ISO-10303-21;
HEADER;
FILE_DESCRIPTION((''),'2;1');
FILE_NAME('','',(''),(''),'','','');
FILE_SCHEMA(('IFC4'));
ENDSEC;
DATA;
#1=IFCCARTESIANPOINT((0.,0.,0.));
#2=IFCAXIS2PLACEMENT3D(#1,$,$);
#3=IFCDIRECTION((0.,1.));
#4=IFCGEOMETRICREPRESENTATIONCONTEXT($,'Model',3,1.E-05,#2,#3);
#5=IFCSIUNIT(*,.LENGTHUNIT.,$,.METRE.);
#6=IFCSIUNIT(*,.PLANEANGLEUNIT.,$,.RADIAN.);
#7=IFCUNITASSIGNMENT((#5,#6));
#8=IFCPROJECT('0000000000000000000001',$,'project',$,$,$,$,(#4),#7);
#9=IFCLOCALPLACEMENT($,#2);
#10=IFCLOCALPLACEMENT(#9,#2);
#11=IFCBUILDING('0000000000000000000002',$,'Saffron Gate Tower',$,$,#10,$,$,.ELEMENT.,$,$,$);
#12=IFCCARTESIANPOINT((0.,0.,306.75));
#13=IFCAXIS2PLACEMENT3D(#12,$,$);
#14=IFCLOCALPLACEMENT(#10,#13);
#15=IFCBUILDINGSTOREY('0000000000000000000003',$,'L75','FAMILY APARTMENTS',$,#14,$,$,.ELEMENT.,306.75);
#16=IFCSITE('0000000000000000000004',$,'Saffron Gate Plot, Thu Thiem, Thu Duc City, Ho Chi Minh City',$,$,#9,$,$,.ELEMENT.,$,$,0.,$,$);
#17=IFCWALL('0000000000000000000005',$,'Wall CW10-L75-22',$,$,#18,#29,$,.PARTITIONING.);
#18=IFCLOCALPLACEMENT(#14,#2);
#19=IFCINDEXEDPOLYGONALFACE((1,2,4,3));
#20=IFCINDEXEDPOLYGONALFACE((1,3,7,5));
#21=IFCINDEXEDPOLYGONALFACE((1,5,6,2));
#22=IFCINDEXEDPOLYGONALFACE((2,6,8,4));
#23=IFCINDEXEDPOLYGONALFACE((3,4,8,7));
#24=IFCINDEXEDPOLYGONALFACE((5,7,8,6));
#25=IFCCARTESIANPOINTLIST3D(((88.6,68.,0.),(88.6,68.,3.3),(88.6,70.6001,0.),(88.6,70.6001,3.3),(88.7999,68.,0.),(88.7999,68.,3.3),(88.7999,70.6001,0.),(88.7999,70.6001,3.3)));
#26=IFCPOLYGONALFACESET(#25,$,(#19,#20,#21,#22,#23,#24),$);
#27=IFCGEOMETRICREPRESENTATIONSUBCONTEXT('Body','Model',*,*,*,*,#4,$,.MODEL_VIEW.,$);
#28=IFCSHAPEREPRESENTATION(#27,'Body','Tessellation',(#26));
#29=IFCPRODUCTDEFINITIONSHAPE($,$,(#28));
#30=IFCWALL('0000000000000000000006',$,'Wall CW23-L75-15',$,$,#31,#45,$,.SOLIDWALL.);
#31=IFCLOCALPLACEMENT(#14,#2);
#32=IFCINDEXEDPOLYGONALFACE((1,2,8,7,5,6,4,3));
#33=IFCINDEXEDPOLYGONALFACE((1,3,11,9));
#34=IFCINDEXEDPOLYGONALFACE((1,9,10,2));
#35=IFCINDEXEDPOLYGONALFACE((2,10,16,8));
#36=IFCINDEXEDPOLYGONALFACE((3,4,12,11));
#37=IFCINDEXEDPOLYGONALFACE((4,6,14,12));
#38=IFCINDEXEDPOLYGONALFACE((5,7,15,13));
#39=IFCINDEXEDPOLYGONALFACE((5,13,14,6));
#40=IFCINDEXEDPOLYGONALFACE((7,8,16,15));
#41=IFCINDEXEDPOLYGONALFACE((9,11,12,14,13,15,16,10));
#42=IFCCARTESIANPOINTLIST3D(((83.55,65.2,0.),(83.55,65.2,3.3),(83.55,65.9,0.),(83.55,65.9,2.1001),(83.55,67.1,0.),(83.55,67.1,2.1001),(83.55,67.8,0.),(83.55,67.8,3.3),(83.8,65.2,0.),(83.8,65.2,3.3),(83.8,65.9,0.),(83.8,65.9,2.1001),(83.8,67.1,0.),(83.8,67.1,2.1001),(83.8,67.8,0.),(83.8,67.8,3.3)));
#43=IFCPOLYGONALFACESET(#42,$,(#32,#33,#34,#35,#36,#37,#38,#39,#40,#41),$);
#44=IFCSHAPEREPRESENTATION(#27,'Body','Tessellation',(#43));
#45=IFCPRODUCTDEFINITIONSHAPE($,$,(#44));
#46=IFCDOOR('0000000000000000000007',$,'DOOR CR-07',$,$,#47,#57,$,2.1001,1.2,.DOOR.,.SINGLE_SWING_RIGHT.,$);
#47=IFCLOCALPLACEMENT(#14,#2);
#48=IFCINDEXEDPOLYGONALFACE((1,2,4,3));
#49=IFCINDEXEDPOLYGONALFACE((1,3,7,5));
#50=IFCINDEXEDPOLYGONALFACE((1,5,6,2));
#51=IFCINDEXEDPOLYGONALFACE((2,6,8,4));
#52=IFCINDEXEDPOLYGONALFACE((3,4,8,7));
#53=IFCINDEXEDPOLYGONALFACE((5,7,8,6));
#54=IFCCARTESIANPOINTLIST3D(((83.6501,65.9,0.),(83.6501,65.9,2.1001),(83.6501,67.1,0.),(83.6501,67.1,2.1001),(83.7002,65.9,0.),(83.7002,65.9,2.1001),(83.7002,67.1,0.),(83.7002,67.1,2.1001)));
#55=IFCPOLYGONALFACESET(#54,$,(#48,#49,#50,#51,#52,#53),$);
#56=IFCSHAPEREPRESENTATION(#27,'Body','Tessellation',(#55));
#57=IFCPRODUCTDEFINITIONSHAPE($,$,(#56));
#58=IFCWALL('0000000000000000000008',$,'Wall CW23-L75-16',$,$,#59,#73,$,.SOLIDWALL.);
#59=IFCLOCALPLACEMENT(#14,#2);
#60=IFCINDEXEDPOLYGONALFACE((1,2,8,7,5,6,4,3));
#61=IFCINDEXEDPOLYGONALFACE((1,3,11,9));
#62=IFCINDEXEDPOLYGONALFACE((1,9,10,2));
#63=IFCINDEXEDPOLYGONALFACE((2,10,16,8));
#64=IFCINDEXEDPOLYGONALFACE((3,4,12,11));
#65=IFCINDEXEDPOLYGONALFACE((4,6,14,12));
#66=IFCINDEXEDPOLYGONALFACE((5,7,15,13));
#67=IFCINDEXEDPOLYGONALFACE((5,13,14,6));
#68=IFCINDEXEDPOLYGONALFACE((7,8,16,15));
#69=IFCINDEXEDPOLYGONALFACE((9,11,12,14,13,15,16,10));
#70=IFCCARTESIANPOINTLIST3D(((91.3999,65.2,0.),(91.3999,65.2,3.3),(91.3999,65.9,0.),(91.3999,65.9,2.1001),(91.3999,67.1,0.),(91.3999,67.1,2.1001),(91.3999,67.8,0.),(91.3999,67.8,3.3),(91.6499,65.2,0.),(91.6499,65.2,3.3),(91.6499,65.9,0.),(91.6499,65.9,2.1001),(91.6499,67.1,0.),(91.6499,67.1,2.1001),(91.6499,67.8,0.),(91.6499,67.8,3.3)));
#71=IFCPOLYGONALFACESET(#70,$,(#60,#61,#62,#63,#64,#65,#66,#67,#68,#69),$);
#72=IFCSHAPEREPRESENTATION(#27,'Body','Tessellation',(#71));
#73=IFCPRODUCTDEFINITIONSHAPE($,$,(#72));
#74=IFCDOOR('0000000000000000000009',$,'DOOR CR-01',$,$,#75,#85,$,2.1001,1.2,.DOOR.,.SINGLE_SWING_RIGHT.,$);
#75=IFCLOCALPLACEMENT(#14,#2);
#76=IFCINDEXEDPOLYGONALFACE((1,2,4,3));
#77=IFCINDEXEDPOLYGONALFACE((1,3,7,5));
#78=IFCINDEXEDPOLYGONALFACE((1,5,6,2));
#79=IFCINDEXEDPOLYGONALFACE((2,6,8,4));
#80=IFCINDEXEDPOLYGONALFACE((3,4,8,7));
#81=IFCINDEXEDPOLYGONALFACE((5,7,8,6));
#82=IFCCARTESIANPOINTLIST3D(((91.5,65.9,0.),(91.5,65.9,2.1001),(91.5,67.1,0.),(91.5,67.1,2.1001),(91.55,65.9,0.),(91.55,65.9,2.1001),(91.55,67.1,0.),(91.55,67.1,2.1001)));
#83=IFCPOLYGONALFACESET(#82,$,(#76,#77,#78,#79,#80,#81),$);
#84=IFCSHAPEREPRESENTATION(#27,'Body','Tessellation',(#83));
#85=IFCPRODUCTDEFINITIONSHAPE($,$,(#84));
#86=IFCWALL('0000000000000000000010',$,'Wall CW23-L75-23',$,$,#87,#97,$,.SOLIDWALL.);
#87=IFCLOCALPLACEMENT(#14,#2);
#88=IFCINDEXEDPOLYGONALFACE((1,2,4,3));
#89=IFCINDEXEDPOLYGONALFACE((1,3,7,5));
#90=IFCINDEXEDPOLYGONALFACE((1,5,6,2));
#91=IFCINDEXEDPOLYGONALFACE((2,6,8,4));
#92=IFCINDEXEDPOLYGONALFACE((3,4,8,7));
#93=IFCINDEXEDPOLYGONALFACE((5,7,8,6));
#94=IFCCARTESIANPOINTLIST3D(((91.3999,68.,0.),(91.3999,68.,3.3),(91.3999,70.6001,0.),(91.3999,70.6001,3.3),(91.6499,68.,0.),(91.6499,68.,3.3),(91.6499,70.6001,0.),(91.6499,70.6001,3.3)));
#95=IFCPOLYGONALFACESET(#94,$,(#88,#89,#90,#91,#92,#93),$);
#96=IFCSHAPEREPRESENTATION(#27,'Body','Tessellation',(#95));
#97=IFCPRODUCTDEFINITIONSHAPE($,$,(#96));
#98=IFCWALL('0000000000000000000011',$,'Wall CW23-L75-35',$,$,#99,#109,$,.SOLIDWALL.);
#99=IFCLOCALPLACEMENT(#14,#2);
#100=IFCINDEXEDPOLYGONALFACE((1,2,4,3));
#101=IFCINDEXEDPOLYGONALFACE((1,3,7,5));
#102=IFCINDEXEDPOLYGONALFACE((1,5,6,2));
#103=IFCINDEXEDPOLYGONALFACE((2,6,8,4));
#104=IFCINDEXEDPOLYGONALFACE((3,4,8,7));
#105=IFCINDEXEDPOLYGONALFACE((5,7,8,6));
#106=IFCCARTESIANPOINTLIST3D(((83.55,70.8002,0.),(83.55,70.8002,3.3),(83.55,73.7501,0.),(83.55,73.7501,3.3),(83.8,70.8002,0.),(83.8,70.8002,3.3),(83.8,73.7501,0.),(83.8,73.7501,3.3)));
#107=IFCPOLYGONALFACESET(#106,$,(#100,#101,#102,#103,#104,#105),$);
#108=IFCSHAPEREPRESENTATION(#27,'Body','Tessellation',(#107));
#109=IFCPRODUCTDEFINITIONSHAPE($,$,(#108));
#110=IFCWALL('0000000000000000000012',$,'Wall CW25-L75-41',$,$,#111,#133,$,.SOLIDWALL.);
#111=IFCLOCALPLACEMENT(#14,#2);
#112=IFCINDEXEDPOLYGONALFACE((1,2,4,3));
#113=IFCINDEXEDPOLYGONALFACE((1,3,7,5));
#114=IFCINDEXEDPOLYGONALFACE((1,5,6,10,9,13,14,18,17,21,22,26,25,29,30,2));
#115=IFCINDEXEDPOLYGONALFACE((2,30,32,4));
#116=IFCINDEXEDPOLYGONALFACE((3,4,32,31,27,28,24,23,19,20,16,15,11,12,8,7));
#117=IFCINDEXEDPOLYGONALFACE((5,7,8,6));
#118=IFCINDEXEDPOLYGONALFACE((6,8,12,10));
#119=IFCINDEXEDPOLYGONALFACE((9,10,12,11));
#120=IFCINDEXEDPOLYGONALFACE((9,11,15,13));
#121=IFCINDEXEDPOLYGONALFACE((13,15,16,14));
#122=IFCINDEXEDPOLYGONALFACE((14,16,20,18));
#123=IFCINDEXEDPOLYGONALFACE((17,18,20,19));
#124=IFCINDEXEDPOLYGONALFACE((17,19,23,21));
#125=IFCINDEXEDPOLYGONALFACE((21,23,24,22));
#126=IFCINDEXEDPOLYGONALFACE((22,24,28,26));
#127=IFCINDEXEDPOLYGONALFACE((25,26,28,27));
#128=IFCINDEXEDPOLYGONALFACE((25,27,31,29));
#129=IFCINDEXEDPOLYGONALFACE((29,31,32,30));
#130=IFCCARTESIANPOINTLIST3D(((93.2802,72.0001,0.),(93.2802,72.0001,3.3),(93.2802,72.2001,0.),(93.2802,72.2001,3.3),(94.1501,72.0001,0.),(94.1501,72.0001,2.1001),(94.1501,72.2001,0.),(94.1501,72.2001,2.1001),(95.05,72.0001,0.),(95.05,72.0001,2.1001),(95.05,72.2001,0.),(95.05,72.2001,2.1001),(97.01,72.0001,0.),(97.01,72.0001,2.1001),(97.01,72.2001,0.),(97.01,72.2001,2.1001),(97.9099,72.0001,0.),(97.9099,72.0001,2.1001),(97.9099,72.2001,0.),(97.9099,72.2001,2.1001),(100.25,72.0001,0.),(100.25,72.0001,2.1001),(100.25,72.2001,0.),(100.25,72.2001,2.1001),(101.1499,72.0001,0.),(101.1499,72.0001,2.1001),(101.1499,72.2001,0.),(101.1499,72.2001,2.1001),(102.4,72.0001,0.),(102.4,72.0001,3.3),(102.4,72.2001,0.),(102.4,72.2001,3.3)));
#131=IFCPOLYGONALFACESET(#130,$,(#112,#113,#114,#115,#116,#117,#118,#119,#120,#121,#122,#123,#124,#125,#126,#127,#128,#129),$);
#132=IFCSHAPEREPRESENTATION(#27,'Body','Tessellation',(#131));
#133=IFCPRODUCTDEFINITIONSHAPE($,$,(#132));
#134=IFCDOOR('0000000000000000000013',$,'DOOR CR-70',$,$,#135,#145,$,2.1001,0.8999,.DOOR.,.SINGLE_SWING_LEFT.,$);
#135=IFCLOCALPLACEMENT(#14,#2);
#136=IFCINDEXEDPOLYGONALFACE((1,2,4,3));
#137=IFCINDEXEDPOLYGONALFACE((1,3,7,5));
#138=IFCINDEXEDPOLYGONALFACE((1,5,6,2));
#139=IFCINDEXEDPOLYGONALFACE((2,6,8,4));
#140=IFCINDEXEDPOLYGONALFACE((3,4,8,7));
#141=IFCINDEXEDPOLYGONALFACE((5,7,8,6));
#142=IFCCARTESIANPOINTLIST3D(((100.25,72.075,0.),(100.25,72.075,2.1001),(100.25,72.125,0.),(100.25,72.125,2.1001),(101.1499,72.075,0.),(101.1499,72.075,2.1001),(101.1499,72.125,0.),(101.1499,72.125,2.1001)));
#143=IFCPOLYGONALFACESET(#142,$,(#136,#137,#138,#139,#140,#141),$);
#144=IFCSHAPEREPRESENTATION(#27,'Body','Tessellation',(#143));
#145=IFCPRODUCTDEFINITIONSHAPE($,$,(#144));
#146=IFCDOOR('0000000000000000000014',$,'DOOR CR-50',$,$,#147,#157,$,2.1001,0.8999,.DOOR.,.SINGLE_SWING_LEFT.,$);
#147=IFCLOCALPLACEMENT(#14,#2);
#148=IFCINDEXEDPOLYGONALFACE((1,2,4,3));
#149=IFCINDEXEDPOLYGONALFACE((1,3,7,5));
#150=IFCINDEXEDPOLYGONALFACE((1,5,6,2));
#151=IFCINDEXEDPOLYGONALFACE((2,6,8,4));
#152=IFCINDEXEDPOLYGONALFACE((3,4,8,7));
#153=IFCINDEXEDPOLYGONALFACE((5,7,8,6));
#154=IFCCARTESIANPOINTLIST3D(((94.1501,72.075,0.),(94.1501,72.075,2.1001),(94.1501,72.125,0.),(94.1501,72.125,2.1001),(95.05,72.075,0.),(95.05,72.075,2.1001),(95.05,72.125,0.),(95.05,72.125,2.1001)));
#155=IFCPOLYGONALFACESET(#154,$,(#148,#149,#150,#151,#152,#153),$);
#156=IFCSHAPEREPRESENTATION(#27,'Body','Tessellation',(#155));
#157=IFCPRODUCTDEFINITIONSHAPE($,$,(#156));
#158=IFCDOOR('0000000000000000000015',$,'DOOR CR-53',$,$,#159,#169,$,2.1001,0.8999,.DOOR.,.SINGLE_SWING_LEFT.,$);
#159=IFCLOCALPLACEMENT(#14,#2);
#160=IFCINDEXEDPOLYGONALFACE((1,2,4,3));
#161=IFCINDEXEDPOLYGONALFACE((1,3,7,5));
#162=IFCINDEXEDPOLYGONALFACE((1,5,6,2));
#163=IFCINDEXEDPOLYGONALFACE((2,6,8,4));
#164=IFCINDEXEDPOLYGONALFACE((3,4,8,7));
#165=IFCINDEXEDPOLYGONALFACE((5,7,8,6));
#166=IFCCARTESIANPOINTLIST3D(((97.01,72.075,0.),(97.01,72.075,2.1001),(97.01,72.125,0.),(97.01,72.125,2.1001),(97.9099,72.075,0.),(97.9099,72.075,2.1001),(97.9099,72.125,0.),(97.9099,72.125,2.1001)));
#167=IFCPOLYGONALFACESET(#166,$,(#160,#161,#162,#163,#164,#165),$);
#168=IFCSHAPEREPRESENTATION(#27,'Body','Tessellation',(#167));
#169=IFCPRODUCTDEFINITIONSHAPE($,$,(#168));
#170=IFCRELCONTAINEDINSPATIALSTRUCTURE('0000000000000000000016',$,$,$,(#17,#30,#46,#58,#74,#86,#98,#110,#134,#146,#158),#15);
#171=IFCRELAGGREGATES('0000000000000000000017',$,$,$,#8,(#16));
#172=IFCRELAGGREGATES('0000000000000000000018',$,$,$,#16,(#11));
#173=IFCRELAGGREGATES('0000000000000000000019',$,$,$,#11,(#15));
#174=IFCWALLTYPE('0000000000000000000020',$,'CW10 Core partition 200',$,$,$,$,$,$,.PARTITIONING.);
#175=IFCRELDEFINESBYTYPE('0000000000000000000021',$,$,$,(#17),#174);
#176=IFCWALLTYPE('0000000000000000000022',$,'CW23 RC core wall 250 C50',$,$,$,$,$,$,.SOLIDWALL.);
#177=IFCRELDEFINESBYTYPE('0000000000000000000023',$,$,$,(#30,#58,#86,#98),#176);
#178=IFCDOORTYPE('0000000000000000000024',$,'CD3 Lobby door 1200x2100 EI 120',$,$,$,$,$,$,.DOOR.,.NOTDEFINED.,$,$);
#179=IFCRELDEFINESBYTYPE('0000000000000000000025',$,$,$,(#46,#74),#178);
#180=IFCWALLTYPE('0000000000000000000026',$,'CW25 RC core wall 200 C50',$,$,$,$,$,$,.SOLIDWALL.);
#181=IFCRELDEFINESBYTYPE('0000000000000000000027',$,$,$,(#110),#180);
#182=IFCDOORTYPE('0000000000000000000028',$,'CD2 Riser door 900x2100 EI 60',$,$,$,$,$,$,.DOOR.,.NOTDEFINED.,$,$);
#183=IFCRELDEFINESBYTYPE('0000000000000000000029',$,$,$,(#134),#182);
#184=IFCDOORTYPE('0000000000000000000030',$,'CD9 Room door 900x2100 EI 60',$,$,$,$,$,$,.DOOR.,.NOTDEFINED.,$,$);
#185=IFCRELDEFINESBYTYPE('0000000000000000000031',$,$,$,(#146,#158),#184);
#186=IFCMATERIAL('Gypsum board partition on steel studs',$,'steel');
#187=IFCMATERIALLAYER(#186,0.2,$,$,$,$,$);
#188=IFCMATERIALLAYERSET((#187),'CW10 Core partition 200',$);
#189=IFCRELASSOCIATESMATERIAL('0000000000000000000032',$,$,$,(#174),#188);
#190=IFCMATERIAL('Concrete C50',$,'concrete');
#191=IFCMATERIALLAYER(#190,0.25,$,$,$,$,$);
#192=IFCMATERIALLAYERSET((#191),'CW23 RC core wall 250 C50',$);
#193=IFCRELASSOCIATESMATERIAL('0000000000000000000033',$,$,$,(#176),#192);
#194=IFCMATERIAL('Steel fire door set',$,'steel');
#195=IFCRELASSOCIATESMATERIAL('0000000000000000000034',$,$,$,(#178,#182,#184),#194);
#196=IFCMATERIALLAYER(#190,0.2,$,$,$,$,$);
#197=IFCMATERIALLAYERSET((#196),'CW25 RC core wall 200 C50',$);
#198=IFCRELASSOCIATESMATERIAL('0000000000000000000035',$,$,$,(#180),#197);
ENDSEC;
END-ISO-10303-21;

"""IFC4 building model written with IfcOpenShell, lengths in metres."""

from ifc_helpers import new_model, si_unit, direction, frame, frame_2d, origin, place, context, subcontext, project, spatial, rectangle, extrude, material, layer, layer_set, type_object, element, fill, save


model = new_model("IFC4")

# Units and contexts
model_context = context("Model", 3, precision=1e-05, world=origin(), true_north=direction((0.0, 1.0)))
body_context = subcontext(model_context, "Body", "Model", "MODEL_VIEW")
ifc_project = project(units=[si_unit("LENGTHUNIT", "METRE"), si_unit("PLANEANGLEUNIT", "RADIAN")], contexts=[model_context])

# Site, building, storey
site_placement = place(None, origin())
site = spatial("IfcSite", under=ifc_project, at=site_placement, Name="Saffron Gate Plot, Thu Thiem, Thu Duc City, Ho Chi Minh City", CompositionType="ELEMENT", RefElevation=0.0)
building_placement = place(site_placement, origin())
building = spatial("IfcBuilding", under=site, at=building_placement, Name="Saffron Gate Tower", CompositionType="ELEMENT")
storey_placement = place(building_placement, frame((0.0, 0.0, 306.75)))
storey = spatial("IfcBuildingStorey", under=building, at=storey_placement, Name="L75", Description="FAMILY APARTMENTS", CompositionType="ELEMENT", Elevation=306.75)

# Wall
ifc_material_1 = material(Name="Gypsum board partition on steel studs", Category="steel")
ifc_layer_1 = layer(ifc_material_1, 0.2)
ifc_layer_set_1 = layer_set([ifc_layer_1], Name="CW10 Core partition 200")
wall_type_1 = type_object("IfcWallType", Name="CW10 Core partition 200", PredefinedType="PARTITIONING", material=ifc_layer_set_1)
wall_1_placement = place(storey_placement, frame((88.7, 68.0, 0.0), z_axis=(0.0, 0.0, 1.0), x_axis=(0.0, 1.0, 0.0)))
element("IfcWall", 1, at=wall_1_placement, inside=storey, type_object=wall_type_1, Name="Wall CW10-L75-22", PredefinedType="PARTITIONING", context=body_context, shape_type="SweptSolid", body=[
    extrude(rectangle(XDim=2.6001, YDim=0.2, at=frame_2d((1.3, 0.0))), origin(), (0.0, 0.0, 1.0), 3.3),
])

# Walls, openings, doors
ifc_material_2 = material(Name="Concrete C50", Category="concrete")
ifc_layer_2 = layer(ifc_material_2, 0.25)
ifc_layer_set_2 = layer_set([ifc_layer_2], Name="CW23 RC core wall 250 C50")
wall_type_2 = type_object("IfcWallType", Name="CW23 RC core wall 250 C50", PredefinedType="SOLIDWALL", material=ifc_layer_set_2)
wall_2_placement = place(storey_placement, frame((83.675, 65.2, 0.0), z_axis=(0.0, 0.0, 1.0), x_axis=(0.0, 1.0, 0.0)))
wall_2 = element("IfcWall", 2, at=wall_2_placement, inside=storey, type_object=wall_type_2, Name="Wall CW23-L75-15", PredefinedType="SOLIDWALL", context=body_context, shape_type="SweptSolid", body=[
    extrude(rectangle(XDim=2.6001, YDim=0.25, at=frame_2d((1.3, 0.0))), origin(), (0.0, 0.0, 1.0), 3.3),
])
opening_1_placement = place(wall_2_placement, frame((0.7, 0.0, 0.0)))
opening_1 = element("IfcOpeningElement", 3, at=opening_1_placement, cuts=wall_2, PredefinedType="OPENING", context=body_context, shape_type="SweptSolid", body=[
    extrude(rectangle(XDim=1.2, YDim=2.1001, at=frame_2d((0.6001, 1.05))), frame((0.0, 0.135, 0.0), z_axis=(0.0, -1.0, 0.0), x_axis=(1.0, 0.0, 0.0)), (0.0, 0.0, 1.0), 0.27),
])
ifc_material_3 = material(Name="Steel fire door set", Category="steel")
door_type_1 = type_object("IfcDoorType", Name="CD3 Lobby door 1200x2100 EI 120", OperationType="NOTDEFINED", PredefinedType="DOOR", material=ifc_material_3)
door_1_placement = place(opening_1_placement, origin())
door_1 = element("IfcDoor", 4, at=door_1_placement, inside=storey, type_object=door_type_1, Name="DOOR CR-07", OperationType="SINGLE_SWING_RIGHT", OverallHeight=2.1001, OverallWidth=1.2, PredefinedType="DOOR", context=body_context, shape_type="SweptSolid", body=[
    extrude(rectangle(XDim=1.2, YDim=2.1001, at=frame_2d((0.6001, 1.05))), frame((0.0, 0.0249, 0.0), z_axis=(0.0, -1.0, 0.0), x_axis=(1.0, 0.0, 0.0)), (0.0, 0.0, 1.0), 0.05),
])
fill(opening_1, door_1)
wall_3_placement = place(storey_placement, frame((91.5249, 65.2, 0.0), z_axis=(0.0, 0.0, 1.0), x_axis=(0.0, 1.0, 0.0)))
wall_3 = element("IfcWall", 5, at=wall_3_placement, inside=storey, type_object=wall_type_2, Name="Wall CW23-L75-16", PredefinedType="SOLIDWALL", context=body_context, shape_type="SweptSolid", body=[
    extrude(rectangle(XDim=2.6001, YDim=0.25, at=frame_2d((1.3, 0.0))), origin(), (0.0, 0.0, 1.0), 3.3),
])
opening_2_placement = place(wall_3_placement, frame((0.7, 0.0, 0.0)))
opening_2 = element("IfcOpeningElement", 6, at=opening_2_placement, cuts=wall_3, PredefinedType="OPENING", context=body_context, shape_type="SweptSolid", body=[
    extrude(rectangle(XDim=1.2, YDim=2.1001, at=frame_2d((0.6001, 1.05))), frame((0.0, 0.135, 0.0), z_axis=(0.0, -1.0, 0.0), x_axis=(1.0, 0.0, 0.0)), (0.0, 0.0, 1.0), 0.27),
])
door_2_placement = place(opening_2_placement, origin())
door_2 = element("IfcDoor", 7, at=door_2_placement, inside=storey, type_object=door_type_1, Name="DOOR CR-01", OperationType="SINGLE_SWING_RIGHT", OverallHeight=2.1001, OverallWidth=1.2, PredefinedType="DOOR", context=body_context, shape_type="SweptSolid", body=[
    extrude(rectangle(XDim=1.2, YDim=2.1001, at=frame_2d((0.6001, 1.05))), frame((0.0, 0.0249, 0.0), z_axis=(0.0, -1.0, 0.0), x_axis=(1.0, 0.0, 0.0)), (0.0, 0.0, 1.0), 0.05),
])
fill(opening_2, door_2)

# Walls
wall_4_placement = place(storey_placement, frame((91.5249, 68.0, 0.0), z_axis=(0.0, 0.0, 1.0), x_axis=(0.0, 1.0, 0.0)))
element("IfcWall", 8, at=wall_4_placement, inside=storey, type_object=wall_type_2, Name="Wall CW23-L75-23", PredefinedType="SOLIDWALL", context=body_context, shape_type="SweptSolid", body=[
    extrude(rectangle(XDim=2.6001, YDim=0.25, at=frame_2d((1.3, 0.0))), origin(), (0.0, 0.0, 1.0), 3.3),
])
wall_5_placement = place(storey_placement, frame((83.675, 70.8, 0.0), z_axis=(0.0, 0.0, 1.0), x_axis=(0.0, 1.0, 0.0)))
element("IfcWall", 9, at=wall_5_placement, inside=storey, type_object=wall_type_2, Name="Wall CW23-L75-35", PredefinedType="SOLIDWALL", context=body_context, shape_type="SweptSolid", body=[
    extrude(rectangle(XDim=2.95, YDim=0.25, at=frame_2d((1.4751, 0.0))), origin(), (0.0, 0.0, 1.0), 3.3),
])

# Wall, openings, doors
ifc_layer_3 = layer(ifc_material_2, 0.2)
ifc_layer_set_3 = layer_set([ifc_layer_3], Name="CW25 RC core wall 200 C50")
wall_type_3 = type_object("IfcWallType", Name="CW25 RC core wall 200 C50", PredefinedType="SOLIDWALL", material=ifc_layer_set_3)
wall_6_placement = place(storey_placement, frame((93.28, 72.1001, 0.0), z_axis=(0.0, 0.0, 1.0), x_axis=(1.0, 0.0, 0.0)))
wall_6 = element("IfcWall", 10, at=wall_6_placement, inside=storey, type_object=wall_type_3, Name="Wall CW25-L75-41", PredefinedType="SOLIDWALL", context=body_context, shape_type="SweptSolid", body=[
    extrude(rectangle(XDim=9.1199, YDim=0.2, at=frame_2d((4.5601, 0.0))), origin(), (0.0, 0.0, 1.0), 3.3),
])
opening_3_placement = place(wall_6_placement, frame((0.8701, 0.0, 0.0)))
opening_3 = element("IfcOpeningElement", 11, at=opening_3_placement, cuts=wall_6, PredefinedType="OPENING", context=body_context, shape_type="SweptSolid", body=[
    extrude(rectangle(XDim=0.8999, YDim=2.1001, at=frame_2d((0.45, 1.05))), frame((0.0, 0.1099, 0.0), z_axis=(0.0, -1.0, 0.0), x_axis=(1.0, 0.0, 0.0)), (0.0, 0.0, 1.0), 0.22),
])
opening_4_placement = place(wall_6_placement, frame((3.73, 0.0, 0.0)))
opening_4 = element("IfcOpeningElement", 12, at=opening_4_placement, cuts=wall_6, PredefinedType="OPENING", context=body_context, shape_type="SweptSolid", body=[
    extrude(rectangle(XDim=0.8999, YDim=2.1001, at=frame_2d((0.45, 1.05))), frame((0.0, 0.1099, 0.0), z_axis=(0.0, -1.0, 0.0), x_axis=(1.0, 0.0, 0.0)), (0.0, 0.0, 1.0), 0.22),
])
opening_5_placement = place(wall_6_placement, frame((6.97, 0.0, 0.0)))
opening_5 = element("IfcOpeningElement", 13, at=opening_5_placement, cuts=wall_6, PredefinedType="OPENING", context=body_context, shape_type="SweptSolid", body=[
    extrude(rectangle(XDim=0.8999, YDim=2.1001, at=frame_2d((0.45, 1.05))), frame((0.0, 0.1099, 0.0), z_axis=(0.0, -1.0, 0.0), x_axis=(1.0, 0.0, 0.0)), (0.0, 0.0, 1.0), 0.22),
])
door_type_2 = type_object("IfcDoorType", Name="CD2 Riser door 900x2100 EI 60", OperationType="NOTDEFINED", PredefinedType="DOOR", material=ifc_material_3)
door_3_placement = place(opening_5_placement, origin())
door_3 = element("IfcDoor", 14, at=door_3_placement, inside=storey, type_object=door_type_2, Name="DOOR CR-70", OperationType="SINGLE_SWING_LEFT", OverallHeight=2.1001, OverallWidth=0.8999, PredefinedType="DOOR", context=body_context, shape_type="SweptSolid", body=[
    extrude(rectangle(XDim=0.8999, YDim=2.1001, at=frame_2d((0.45, 1.05))), frame((0.0, 0.0249, 0.0), z_axis=(0.0, -1.0, 0.0), x_axis=(1.0, 0.0, 0.0)), (0.0, 0.0, 1.0), 0.05),
])
fill(opening_5, door_3)
door_type_3 = type_object("IfcDoorType", Name="CD9 Room door 900x2100 EI 60", OperationType="NOTDEFINED", PredefinedType="DOOR", material=ifc_material_3)
door_4_placement = place(opening_3_placement, origin())
door_4 = element("IfcDoor", 15, at=door_4_placement, inside=storey, type_object=door_type_3, Name="DOOR CR-50", OperationType="SINGLE_SWING_LEFT", OverallHeight=2.1001, OverallWidth=0.8999, PredefinedType="DOOR", context=body_context, shape_type="SweptSolid", body=[
    extrude(rectangle(XDim=0.8999, YDim=2.1001, at=frame_2d((0.45, 1.05))), frame((0.0, 0.0249, 0.0), z_axis=(0.0, -1.0, 0.0), x_axis=(1.0, 0.0, 0.0)), (0.0, 0.0, 1.0), 0.05),
])
fill(opening_3, door_4)
door_5_placement = place(opening_4_placement, origin())
door_5 = element("IfcDoor", 16, at=door_5_placement, inside=storey, type_object=door_type_3, Name="DOOR CR-53", OperationType="SINGLE_SWING_LEFT", OverallHeight=2.1001, OverallWidth=0.8999, PredefinedType="DOOR", context=body_context, shape_type="SweptSolid", body=[
    extrude(rectangle(XDim=0.8999, YDim=2.1001, at=frame_2d((0.45, 1.05))), frame((0.0, 0.0249, 0.0), z_axis=(0.0, -1.0, 0.0), x_axis=(1.0, 0.0, 0.0)), (0.0, 0.0, 1.0), 0.05),
])
fill(opening_4, door_5)

save(model, "model.ifc")
